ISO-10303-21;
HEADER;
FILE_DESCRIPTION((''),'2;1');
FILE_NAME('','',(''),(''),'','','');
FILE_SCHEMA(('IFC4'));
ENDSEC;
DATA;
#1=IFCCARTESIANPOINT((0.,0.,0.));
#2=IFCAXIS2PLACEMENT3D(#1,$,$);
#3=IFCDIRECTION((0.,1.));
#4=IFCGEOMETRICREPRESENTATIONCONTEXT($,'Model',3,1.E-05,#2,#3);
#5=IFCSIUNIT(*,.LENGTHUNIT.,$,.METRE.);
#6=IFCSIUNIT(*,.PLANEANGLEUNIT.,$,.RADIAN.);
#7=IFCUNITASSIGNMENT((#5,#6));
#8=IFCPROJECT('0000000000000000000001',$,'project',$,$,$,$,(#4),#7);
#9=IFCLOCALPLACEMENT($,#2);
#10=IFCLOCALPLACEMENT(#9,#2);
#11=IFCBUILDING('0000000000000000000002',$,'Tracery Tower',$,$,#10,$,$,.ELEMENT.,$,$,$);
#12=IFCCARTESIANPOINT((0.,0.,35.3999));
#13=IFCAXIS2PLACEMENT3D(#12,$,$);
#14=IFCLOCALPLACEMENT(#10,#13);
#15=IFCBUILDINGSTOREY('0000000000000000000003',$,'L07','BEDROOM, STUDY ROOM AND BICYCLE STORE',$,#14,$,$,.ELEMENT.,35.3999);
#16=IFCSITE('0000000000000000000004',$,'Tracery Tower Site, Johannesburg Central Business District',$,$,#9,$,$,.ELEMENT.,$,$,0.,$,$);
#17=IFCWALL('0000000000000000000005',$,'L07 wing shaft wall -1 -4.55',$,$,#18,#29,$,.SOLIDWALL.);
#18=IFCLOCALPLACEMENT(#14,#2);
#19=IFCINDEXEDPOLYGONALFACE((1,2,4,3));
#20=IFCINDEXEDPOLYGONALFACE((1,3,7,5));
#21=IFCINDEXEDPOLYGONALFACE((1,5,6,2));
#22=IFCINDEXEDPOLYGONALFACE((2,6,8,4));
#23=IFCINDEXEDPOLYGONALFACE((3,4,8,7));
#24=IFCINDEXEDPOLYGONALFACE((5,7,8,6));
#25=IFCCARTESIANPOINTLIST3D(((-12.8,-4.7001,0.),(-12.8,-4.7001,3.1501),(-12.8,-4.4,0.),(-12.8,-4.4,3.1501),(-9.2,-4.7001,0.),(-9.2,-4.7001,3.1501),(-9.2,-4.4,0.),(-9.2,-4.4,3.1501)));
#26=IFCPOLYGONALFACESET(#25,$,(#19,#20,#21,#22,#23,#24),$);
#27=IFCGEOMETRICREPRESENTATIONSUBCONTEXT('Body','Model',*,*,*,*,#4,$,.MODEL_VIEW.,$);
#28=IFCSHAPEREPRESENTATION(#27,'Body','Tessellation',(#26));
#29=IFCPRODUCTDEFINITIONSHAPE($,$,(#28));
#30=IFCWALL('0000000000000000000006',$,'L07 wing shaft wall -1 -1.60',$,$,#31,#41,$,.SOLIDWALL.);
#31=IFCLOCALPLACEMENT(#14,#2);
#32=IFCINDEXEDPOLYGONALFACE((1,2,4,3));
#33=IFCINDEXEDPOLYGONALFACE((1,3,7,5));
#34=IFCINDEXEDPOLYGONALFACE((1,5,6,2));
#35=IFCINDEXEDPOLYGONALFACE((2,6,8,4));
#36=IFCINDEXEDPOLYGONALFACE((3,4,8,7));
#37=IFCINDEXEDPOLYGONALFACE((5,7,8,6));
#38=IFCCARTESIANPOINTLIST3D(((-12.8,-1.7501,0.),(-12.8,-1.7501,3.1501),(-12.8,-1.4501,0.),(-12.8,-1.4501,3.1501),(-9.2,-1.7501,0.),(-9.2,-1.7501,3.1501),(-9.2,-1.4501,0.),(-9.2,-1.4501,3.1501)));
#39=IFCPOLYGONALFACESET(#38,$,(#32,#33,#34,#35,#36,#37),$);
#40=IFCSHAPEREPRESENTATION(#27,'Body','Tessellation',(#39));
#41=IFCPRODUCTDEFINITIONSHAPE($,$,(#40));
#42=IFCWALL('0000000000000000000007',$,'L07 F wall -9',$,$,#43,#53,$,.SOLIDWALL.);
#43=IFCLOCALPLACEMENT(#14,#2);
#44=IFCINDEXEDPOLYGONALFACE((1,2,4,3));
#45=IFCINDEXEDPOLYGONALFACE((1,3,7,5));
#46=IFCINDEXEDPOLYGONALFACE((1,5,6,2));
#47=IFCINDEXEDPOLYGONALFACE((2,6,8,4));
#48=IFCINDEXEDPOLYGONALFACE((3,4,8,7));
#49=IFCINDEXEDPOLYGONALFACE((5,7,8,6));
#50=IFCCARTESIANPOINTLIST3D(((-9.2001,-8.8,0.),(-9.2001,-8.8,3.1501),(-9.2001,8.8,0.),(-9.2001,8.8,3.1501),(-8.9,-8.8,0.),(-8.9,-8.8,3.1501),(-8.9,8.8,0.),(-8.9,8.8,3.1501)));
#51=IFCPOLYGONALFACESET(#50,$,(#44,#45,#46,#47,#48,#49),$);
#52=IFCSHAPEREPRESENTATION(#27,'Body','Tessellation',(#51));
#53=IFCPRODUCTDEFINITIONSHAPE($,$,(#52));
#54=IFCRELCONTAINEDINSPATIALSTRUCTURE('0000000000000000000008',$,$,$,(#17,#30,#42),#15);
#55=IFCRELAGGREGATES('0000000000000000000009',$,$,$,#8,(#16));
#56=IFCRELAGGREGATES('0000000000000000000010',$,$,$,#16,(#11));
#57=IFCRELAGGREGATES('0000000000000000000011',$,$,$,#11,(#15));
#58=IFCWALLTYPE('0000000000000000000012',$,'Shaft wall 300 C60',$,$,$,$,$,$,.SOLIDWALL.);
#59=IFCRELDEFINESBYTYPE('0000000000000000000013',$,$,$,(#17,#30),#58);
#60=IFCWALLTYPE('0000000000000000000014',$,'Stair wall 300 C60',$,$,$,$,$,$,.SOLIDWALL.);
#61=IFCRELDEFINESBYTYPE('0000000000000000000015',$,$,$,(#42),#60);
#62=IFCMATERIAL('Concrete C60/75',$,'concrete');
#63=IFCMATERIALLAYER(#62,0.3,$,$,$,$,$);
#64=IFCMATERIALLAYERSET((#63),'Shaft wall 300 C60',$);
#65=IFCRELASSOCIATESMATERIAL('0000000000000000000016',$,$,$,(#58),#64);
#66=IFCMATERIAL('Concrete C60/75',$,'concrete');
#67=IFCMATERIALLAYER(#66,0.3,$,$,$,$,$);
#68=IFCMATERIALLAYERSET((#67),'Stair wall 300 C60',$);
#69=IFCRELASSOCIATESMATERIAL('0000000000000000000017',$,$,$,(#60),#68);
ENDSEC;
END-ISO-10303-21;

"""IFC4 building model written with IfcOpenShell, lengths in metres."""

from ifc_helpers import new_model, si_unit, direction, frame, frame_2d, origin, place, context, subcontext, project, spatial, rectangle, extrude, material, layer, layer_set, type_object, element, save


model = new_model("IFC4")

# Units and contexts
model_context = context("Model", 3, precision=1e-05, world=origin(), true_north=direction((0.0, 1.0)))
body_context = subcontext(model_context, "Body", "Model", "MODEL_VIEW")
ifc_project = project(units=[si_unit("LENGTHUNIT", "METRE"), si_unit("PLANEANGLEUNIT", "RADIAN")], contexts=[model_context])

# Site, building, storey
site_placement = place(None, origin())
site = spatial("IfcSite", under=ifc_project, at=site_placement, Name="Tracery Tower Site, Johannesburg Central Business District", CompositionType="ELEMENT", RefElevation=0.0)
building_placement = place(site_placement, origin())
building = spatial("IfcBuilding", under=site, at=building_placement, Name="Tracery Tower", CompositionType="ELEMENT")
storey_placement = place(building_placement, frame((0.0, 0.0, 35.3999)))
storey = spatial("IfcBuildingStorey", under=building, at=storey_placement, Name="L07", Description="BEDROOM, STUDY ROOM AND BICYCLE STORE", CompositionType="ELEMENT", Elevation=35.3999)

# Walls
ifc_material_1 = material(Name="Concrete C60/75", Category="concrete")
ifc_layer_1 = layer(ifc_material_1, 0.3)
ifc_layer_set_1 = layer_set([ifc_layer_1], Name="Shaft wall 300 C60")
wall_type_1 = type_object("IfcWallType", Name="Shaft wall 300 C60", PredefinedType="SOLIDWALL", material=ifc_layer_set_1)
for number, where, z_axis, x_axis, name in (
    (1, (-12.8, -4.55, 0.0), (0.0, 0.0, 1.0), (1.0, 0.0, 0.0), "L07 wing shaft wall -1 -4.55"),
    (2, (-12.8, -1.6001, 0.0), (0.0, 0.0, 1.0), (1.0, 0.0, 0.0), "L07 wing shaft wall -1 -1.60"),
):
    element("IfcWall", number, at=place(storey_placement, frame(where, z_axis=z_axis, x_axis=x_axis)), inside=storey, type_object=wall_type_1, Name=name, PredefinedType="SOLIDWALL", context=body_context, shape_type="SweptSolid", body=[
        extrude(rectangle(XDim=3.6001, YDim=0.3, at=frame_2d((1.8, 0.0))), origin(), (0.0, 0.0, 1.0), 3.1501),
    ])
ifc_material_2 = material(Name="Concrete C60/75", Category="concrete")
ifc_layer_2 = layer(ifc_material_2, 0.3)
ifc_layer_set_2 = layer_set([ifc_layer_2], Name="Stair wall 300 C60")
wall_type_2 = type_object("IfcWallType", Name="Stair wall 300 C60", PredefinedType="SOLIDWALL", material=ifc_layer_set_2)
wall_1_placement = place(storey_placement, frame((-9.05, -8.8, 0.0), z_axis=(0.0, 0.0, 1.0), x_axis=(0.0, 1.0, 0.0)))
element("IfcWall", 3, at=wall_1_placement, inside=storey, type_object=wall_type_2, Name="L07 F wall -9", PredefinedType="SOLIDWALL", context=body_context, shape_type="SweptSolid", body=[
    extrude(rectangle(XDim=17.6001, YDim=0.3, at=frame_2d((8.8, 0.0))), origin(), (0.0, 0.0, 1.0), 3.1501),
])

save(model, "model.ifc")
